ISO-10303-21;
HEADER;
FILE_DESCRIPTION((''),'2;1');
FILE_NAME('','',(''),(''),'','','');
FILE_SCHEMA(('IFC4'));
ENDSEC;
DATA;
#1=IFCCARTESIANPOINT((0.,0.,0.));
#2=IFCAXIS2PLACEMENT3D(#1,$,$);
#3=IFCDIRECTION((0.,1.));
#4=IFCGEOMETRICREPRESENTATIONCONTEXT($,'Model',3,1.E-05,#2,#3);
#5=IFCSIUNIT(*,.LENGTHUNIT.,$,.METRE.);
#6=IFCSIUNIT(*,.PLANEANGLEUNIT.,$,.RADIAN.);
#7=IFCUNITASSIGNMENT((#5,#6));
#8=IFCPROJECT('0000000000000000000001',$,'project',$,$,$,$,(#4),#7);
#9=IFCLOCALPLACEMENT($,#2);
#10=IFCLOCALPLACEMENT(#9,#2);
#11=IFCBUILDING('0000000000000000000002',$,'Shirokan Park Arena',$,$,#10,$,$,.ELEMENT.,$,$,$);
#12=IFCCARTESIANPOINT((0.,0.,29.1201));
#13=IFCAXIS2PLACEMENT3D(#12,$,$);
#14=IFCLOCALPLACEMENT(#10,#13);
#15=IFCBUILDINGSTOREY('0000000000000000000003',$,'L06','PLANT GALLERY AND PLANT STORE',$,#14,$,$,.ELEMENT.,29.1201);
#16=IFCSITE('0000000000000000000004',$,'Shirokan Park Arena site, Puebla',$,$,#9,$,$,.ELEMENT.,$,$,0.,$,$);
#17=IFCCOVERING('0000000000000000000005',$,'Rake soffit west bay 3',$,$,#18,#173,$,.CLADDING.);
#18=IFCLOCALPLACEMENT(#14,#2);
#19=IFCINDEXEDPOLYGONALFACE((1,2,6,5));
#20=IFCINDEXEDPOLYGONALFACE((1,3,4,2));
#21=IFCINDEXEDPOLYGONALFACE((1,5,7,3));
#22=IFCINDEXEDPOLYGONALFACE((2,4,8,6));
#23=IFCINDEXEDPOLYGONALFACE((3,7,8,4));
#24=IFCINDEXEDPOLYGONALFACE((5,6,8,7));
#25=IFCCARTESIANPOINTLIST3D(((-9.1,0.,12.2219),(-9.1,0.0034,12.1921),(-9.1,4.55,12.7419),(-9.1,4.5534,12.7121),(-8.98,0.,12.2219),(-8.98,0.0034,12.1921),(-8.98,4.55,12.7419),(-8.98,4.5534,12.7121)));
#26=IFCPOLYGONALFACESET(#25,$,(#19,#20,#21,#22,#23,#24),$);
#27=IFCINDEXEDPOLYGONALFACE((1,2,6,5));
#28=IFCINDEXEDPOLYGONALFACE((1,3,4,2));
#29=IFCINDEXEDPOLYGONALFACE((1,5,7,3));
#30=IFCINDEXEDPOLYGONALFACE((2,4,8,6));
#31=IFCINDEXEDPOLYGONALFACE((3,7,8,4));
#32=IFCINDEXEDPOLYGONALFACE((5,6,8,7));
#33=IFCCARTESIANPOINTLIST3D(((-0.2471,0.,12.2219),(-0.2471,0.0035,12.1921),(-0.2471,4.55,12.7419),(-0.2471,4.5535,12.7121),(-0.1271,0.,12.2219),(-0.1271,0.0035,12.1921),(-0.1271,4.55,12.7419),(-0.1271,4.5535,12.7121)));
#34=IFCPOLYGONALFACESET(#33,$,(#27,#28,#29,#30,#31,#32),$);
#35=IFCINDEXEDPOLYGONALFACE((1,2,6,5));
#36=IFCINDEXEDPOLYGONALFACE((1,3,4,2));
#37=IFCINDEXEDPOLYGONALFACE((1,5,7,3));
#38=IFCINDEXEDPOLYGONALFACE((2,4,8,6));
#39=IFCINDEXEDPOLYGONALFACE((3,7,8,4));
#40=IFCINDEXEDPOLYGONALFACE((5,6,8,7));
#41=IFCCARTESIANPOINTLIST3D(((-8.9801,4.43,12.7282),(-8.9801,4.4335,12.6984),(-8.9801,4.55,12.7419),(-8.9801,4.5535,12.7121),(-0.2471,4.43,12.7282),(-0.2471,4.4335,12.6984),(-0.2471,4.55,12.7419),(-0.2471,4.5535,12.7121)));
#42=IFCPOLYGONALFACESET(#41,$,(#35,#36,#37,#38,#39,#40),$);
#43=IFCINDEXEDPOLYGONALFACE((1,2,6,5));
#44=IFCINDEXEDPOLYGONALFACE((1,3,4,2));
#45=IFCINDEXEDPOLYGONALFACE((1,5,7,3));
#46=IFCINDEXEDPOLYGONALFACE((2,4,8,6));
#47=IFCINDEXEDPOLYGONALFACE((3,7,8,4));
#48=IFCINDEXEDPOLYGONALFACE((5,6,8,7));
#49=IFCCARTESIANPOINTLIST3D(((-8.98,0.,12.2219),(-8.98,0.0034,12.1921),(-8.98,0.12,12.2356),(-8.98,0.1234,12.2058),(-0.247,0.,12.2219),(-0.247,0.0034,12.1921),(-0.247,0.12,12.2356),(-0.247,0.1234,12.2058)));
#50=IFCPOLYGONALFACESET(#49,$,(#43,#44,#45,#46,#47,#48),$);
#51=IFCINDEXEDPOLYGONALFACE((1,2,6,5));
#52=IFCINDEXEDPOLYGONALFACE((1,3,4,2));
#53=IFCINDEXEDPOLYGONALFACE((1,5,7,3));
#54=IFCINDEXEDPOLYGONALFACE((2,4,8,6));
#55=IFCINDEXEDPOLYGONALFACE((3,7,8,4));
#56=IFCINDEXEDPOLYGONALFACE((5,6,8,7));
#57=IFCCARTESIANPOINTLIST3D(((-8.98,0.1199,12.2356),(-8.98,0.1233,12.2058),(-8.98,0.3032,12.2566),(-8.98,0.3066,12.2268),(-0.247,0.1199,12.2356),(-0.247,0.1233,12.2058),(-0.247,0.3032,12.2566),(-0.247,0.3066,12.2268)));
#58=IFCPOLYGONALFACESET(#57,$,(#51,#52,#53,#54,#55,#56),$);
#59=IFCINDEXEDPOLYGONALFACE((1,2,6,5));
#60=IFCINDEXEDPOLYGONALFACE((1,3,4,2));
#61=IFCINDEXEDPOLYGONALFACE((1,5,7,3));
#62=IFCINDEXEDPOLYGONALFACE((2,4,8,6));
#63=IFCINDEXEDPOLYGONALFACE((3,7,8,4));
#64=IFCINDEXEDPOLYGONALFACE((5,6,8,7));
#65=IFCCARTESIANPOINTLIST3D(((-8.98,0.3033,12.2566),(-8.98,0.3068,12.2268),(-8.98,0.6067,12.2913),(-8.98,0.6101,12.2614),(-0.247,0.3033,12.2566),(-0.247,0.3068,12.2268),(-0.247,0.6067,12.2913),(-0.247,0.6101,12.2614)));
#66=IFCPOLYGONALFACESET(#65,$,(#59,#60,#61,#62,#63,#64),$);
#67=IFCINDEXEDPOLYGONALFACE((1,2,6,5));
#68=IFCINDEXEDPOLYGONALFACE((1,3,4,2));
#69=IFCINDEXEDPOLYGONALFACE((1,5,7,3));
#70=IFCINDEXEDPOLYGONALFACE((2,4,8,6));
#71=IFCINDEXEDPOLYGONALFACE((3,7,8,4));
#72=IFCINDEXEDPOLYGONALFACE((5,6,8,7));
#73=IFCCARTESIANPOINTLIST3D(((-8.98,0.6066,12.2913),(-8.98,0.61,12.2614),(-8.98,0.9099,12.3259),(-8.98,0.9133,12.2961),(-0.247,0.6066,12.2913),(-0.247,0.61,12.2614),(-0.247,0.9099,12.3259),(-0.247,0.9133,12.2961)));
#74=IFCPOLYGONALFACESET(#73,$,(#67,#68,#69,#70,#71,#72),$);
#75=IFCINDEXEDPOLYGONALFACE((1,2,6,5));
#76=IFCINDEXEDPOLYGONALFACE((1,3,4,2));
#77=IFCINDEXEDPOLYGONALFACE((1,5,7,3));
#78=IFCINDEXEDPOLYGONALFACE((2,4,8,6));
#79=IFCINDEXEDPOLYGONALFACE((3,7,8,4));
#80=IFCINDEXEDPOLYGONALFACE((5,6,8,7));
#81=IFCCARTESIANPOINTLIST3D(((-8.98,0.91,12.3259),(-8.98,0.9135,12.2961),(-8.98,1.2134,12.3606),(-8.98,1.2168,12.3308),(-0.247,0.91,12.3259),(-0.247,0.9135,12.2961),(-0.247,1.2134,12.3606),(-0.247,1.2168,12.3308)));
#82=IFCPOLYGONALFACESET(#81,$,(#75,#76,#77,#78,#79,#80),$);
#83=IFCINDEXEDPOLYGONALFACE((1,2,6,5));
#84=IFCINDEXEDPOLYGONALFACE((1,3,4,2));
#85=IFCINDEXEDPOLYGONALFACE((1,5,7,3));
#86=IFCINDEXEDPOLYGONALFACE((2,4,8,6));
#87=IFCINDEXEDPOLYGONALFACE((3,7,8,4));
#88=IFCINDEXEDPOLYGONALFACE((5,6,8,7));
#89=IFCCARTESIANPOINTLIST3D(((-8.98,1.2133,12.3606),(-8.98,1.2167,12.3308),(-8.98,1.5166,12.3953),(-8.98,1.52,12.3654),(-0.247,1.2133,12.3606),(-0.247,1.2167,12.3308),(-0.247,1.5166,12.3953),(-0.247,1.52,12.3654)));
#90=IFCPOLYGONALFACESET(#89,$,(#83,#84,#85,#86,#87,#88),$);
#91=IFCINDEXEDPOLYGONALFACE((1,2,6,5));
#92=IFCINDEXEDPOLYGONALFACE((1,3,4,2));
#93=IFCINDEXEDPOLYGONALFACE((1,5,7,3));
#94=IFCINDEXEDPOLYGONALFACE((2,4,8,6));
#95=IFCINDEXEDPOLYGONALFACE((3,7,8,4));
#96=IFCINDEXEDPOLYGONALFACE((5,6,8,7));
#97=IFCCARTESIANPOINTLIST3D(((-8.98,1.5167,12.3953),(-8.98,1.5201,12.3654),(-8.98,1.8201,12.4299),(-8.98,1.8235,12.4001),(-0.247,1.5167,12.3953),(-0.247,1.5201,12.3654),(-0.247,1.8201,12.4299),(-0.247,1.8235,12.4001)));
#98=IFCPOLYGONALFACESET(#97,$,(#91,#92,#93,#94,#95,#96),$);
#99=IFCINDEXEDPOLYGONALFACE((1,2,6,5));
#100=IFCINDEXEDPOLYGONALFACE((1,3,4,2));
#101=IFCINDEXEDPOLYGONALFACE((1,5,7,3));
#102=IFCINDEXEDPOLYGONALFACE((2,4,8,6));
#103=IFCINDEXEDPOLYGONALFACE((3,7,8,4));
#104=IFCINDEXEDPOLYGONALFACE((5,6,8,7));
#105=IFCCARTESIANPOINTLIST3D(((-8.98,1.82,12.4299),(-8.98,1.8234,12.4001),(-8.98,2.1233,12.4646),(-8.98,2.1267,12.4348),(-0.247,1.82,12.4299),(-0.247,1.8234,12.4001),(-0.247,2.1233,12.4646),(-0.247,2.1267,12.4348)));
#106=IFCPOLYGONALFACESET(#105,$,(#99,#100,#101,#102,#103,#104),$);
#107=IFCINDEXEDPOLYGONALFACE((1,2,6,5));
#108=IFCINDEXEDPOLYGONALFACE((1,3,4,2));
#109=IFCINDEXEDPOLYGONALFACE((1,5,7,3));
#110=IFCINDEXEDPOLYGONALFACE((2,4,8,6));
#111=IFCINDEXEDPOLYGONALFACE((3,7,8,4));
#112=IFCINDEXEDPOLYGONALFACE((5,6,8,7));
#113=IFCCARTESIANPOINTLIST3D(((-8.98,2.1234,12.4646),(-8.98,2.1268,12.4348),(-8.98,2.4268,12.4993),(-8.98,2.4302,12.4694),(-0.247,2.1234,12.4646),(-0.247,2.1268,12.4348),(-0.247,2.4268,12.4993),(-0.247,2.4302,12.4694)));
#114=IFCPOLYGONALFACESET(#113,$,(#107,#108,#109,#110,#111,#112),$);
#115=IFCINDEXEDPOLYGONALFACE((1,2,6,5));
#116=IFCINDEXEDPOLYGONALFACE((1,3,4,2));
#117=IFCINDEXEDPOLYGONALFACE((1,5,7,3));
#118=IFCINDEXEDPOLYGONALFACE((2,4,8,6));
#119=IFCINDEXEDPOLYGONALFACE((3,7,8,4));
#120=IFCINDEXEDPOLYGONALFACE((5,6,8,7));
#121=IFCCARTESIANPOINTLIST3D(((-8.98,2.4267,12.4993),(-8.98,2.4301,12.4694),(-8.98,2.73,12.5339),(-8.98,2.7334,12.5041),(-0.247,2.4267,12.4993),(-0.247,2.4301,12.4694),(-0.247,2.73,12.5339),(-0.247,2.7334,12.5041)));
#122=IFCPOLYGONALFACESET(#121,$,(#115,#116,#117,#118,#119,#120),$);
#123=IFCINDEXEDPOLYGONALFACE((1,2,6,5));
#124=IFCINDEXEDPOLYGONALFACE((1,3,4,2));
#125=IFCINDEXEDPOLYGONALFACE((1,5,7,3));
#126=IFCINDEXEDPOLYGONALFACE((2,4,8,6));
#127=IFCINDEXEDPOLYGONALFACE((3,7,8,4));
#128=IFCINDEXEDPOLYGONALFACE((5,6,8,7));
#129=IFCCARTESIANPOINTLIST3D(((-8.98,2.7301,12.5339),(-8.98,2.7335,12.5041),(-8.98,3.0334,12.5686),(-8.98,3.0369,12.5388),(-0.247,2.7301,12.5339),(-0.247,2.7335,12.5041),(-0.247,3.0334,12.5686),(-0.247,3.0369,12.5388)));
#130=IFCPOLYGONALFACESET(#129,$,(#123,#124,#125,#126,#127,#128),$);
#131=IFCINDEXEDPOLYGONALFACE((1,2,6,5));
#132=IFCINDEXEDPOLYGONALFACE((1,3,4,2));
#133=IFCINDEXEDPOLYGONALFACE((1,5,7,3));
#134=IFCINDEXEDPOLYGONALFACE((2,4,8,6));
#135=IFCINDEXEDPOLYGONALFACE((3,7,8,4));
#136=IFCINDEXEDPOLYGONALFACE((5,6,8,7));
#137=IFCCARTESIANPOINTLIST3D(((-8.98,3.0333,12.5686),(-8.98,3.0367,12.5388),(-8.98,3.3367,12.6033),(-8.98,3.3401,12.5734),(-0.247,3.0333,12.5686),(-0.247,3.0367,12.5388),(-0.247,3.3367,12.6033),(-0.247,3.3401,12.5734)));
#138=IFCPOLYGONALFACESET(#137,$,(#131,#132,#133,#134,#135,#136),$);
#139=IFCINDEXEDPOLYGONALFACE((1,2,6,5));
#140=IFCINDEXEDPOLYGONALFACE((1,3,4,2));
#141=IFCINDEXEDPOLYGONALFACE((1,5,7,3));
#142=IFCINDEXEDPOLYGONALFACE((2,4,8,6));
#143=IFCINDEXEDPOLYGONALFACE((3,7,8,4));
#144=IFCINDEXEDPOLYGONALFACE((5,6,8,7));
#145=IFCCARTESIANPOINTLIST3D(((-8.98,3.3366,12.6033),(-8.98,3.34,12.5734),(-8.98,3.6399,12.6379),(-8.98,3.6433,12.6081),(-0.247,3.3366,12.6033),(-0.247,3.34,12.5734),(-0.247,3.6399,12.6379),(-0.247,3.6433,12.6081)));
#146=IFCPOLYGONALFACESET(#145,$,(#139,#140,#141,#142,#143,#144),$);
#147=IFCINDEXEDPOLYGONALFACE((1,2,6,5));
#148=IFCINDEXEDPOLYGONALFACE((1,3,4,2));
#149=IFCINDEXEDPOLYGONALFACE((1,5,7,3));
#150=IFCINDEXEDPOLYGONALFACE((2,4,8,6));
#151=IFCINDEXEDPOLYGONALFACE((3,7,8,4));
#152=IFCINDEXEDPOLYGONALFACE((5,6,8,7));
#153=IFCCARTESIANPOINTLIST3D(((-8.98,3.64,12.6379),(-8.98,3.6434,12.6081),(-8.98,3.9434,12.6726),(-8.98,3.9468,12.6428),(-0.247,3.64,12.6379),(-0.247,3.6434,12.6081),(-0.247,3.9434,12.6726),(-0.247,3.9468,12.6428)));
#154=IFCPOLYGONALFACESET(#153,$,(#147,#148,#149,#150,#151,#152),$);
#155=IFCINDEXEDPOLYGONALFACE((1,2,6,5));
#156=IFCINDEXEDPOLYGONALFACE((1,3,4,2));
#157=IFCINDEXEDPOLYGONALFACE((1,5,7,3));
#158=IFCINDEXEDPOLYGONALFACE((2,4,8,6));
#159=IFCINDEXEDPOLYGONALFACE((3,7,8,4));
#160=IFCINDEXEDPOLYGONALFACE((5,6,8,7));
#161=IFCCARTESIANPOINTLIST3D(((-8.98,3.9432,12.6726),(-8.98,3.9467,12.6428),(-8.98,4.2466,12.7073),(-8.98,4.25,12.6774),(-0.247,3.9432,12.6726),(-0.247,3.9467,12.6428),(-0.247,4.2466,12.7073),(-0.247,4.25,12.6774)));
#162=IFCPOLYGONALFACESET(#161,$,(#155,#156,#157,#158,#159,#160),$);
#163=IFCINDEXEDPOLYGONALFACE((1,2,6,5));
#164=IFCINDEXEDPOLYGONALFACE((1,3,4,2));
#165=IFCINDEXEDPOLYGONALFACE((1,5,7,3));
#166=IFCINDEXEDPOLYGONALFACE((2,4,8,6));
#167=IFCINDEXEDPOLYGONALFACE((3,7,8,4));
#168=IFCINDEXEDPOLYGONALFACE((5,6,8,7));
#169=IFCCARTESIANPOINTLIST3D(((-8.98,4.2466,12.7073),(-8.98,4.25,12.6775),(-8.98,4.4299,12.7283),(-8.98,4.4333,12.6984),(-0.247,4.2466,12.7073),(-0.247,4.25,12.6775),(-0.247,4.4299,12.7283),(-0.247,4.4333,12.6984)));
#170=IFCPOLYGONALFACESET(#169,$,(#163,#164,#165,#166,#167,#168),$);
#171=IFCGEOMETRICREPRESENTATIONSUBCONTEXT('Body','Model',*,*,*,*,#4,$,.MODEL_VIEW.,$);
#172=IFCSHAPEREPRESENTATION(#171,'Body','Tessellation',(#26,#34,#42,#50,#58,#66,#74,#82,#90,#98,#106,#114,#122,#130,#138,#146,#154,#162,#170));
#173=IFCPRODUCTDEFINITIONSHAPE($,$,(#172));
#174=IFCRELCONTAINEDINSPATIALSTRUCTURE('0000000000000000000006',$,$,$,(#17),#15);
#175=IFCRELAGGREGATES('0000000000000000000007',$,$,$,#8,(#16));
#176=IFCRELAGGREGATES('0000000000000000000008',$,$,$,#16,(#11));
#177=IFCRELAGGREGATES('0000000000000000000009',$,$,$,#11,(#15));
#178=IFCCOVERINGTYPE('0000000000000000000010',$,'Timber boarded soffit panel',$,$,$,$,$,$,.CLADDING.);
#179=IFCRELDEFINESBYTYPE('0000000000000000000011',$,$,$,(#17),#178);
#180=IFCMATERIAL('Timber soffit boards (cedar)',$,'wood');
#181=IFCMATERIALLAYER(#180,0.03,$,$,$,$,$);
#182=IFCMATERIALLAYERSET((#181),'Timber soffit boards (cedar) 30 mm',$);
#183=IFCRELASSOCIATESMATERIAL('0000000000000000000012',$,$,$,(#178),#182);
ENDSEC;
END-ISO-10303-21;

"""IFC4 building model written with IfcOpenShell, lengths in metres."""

from ifc_helpers import new_model, si_unit, direction, frame, origin, place, context, subcontext, project, spatial, polyline, outline, extrude, material, layer, layer_set, type_object, element, save


model = new_model("IFC4")

# Units and contexts
model_context = context("Model", 3, precision=1e-05, world=origin(), true_north=direction((0.0, 1.0)))
body_context = subcontext(model_context, "Body", "Model", "MODEL_VIEW")
ifc_project = project(units=[si_unit("LENGTHUNIT", "METRE"), si_unit("PLANEANGLEUNIT", "RADIAN")], contexts=[model_context])

# Site, building, storey
site_placement = place(None, origin())
site = spatial("IfcSite", under=ifc_project, at=site_placement, Name="Shirokan Park Arena site, Puebla", CompositionType="ELEMENT", RefElevation=0.0)
building_placement = place(site_placement, origin())
building = spatial("IfcBuilding", under=site, at=building_placement, Name="Shirokan Park Arena", CompositionType="ELEMENT")
storey_placement = place(building_placement, frame((0.0, 0.0, 29.1201)))
storey = spatial("IfcBuildingStorey", under=building, at=storey_placement, Name="L06", Description="PLANT GALLERY AND PLANT STORE", CompositionType="ELEMENT", Elevation=29.1201)

# Covering
ifc_material = material(Name="Timber soffit boards (cedar)", Category="wood")
ifc_layer = layer(ifc_material, 0.03)
ifc_layer_set = layer_set([ifc_layer], Name="Timber soffit boards (cedar) 30 mm")
covering_type = type_object("IfcCoveringType", Name="Timber boarded soffit panel", PredefinedType="CLADDING", material=ifc_layer_set)
covering_1_placement = place(storey_placement, origin())
element("IfcCovering", 1, at=covering_1_placement, inside=storey, type_object=covering_type, Name="Rake soffit west bay 3", PredefinedType="CLADDING", context=body_context, shape_type="SweptSolid", body=[
    extrude(outline(polyline([(0.0, 0.0), (0.12, 0.0), (0.12, -4.5796), (0.0, -4.5796), (0.0, 0.0)])), frame((-8.98, 0.0, 12.2219), z_axis=(0.0, -0.113547, 0.993533), x_axis=(-1.0, 0.0, 0.0)), (0.0, 0.0, -1.0), 0.03),
    extrude(outline(polyline([(0.0, 0.0), (0.12, 0.0), (0.12, -4.5796), (0.0, -4.5796), (0.0, 0.0)])), frame((-0.2471, 4.55, 12.7419), z_axis=(0.0, -0.113547, 0.993533), x_axis=(1.0, 0.0, 0.0)), (0.0, 0.0, -1.0), 0.03),
    extrude(outline(polyline([(0.0, 0.0), (0.1208, 0.0), (0.1208, -8.733), (0.0, -8.733), (0.0, 0.0)])), frame((-0.2471, 4.55, 12.7419), z_axis=(0.0, -0.113512, 0.993537), x_axis=(0.0, -0.993537, -0.113512)), (0.0, 0.0, -1.0), 0.03),
    extrude(outline(polyline([(0.0, 0.0), (0.1208, 0.0), (0.1208, -8.733), (0.0, -8.733), (0.0, 0.0)])), frame((-8.98, 0.0, 12.2219), z_axis=(0.0, -0.113512, 0.993537), x_axis=(0.0, 0.993537, 0.113512)), (0.0, 0.0, -1.0), 0.03),
    extrude(outline(polyline([(0.0, 0.0), (8.733, 0.0), (8.733, -0.1845), (0.0, -0.1845), (0.0, 0.0)])), frame((-8.98, 0.3032, 12.2566), z_axis=(0.0, -0.113589, 0.993528), x_axis=(1.0, 0.0, 0.0)), (0.0, 0.0, -1.0), 0.03),
    extrude(outline(polyline([(0.0, 0.0), (8.733, 0.0), (8.733, -0.3053), (0.0, -0.3053), (0.0, 0.0)])), frame((-8.98, 0.6067, 12.2913), z_axis=(0.0, -0.113523, 0.993535), x_axis=(1.0, 0.0, 0.0)), (0.0, 0.0, -1.0), 0.03),
    extrude(outline(polyline([(0.0, 0.0), (8.733, 0.0), (8.733, -0.3053), (0.0, -0.3053), (0.0, 0.0)])), frame((-8.98, 0.9099, 12.3259), z_axis=(0.0, -0.113559, 0.993531), x_axis=(1.0, 0.0, 0.0)), (0.0, 0.0, -1.0), 0.03),
    extrude(outline(polyline([(0.0, 0.0), (8.733, 0.0), (8.733, -0.3053), (0.0, -0.3053), (0.0, 0.0)])), frame((-8.98, 1.2134, 12.3606), z_axis=(0.0, -0.113559, 0.993531), x_axis=(1.0, 0.0, 0.0)), (0.0, 0.0, -1.0), 0.03),
    extrude(outline(polyline([(0.0, 0.0), (8.733, 0.0), (8.733, -0.3053), (0.0, -0.3053), (0.0, 0.0)])), frame((-8.98, 1.5166, 12.3953), z_axis=(0.0, -0.113523, 0.993535), x_axis=(1.0, 0.0, 0.0)), (0.0, 0.0, -1.0), 0.03),
    extrude(outline(polyline([(0.0, 0.0), (8.733, 0.0), (8.733, -0.3053), (0.0, -0.3053), (0.0, 0.0)])), frame((-8.98, 1.8201, 12.4299), z_axis=(0.0, -0.113559, 0.993531), x_axis=(1.0, 0.0, 0.0)), (0.0, 0.0, -1.0), 0.03),
    extrude(outline(polyline([(0.0, 0.0), (8.733, 0.0), (8.733, -0.3053), (0.0, -0.3053), (0.0, 0.0)])), frame((-8.98, 2.1233, 12.4646), z_axis=(0.0, -0.113559, 0.993531), x_axis=(1.0, 0.0, 0.0)), (0.0, 0.0, -1.0), 0.03),
    extrude(outline(polyline([(0.0, 0.0), (8.733, 0.0), (8.733, -0.3053), (0.0, -0.3053), (0.0, 0.0)])), frame((-8.98, 2.4268, 12.4993), z_axis=(0.0, -0.113523, 0.993535), x_axis=(1.0, 0.0, 0.0)), (0.0, 0.0, -1.0), 0.03),
    extrude(outline(polyline([(0.0, 0.0), (8.733, 0.0), (8.733, -0.3053), (0.0, -0.3053), (0.0, 0.0)])), frame((-8.98, 2.73, 12.5339), z_axis=(0.0, -0.113559, 0.993531), x_axis=(1.0, 0.0, 0.0)), (0.0, 0.0, -1.0), 0.03),
    extrude(outline(polyline([(0.0, 0.0), (8.733, 0.0), (8.733, -0.3053), (0.0, -0.3053), (0.0, 0.0)])), frame((-8.98, 3.0334, 12.5686), z_axis=(0.0, -0.113559, 0.993531), x_axis=(1.0, 0.0, 0.0)), (0.0, 0.0, -1.0), 0.03),
    extrude(outline(polyline([(0.0, 0.0), (8.733, 0.0), (8.733, -0.3053), (0.0, -0.3053), (0.0, 0.0)])), frame((-8.98, 3.3367, 12.6033), z_axis=(0.0, -0.113523, 0.993535), x_axis=(1.0, 0.0, 0.0)), (0.0, 0.0, -1.0), 0.03),
    extrude(outline(polyline([(0.0, 0.0), (8.733, 0.0), (8.733, -0.3053), (0.0, -0.3053), (0.0, 0.0)])), frame((-8.98, 3.6399, 12.6379), z_axis=(0.0, -0.113559, 0.993531), x_axis=(1.0, 0.0, 0.0)), (0.0, 0.0, -1.0), 0.03),
    extrude(outline(polyline([(0.0, 0.0), (8.733, 0.0), (8.733, -0.3053), (0.0, -0.3053), (0.0, 0.0)])), frame((-8.98, 3.9434, 12.6726), z_axis=(0.0, -0.113559, 0.993531), x_axis=(1.0, 0.0, 0.0)), (0.0, 0.0, -1.0), 0.03),
    extrude(outline(polyline([(0.0, 0.0), (8.733, 0.0), (8.733, -0.3053), (0.0, -0.3053), (0.0, 0.0)])), frame((-8.98, 4.2466, 12.7073), z_axis=(0.0, -0.113523, 0.993535), x_axis=(1.0, 0.0, 0.0)), (0.0, 0.0, -1.0), 0.03),
    extrude(outline(polyline([(0.0, 0.0), (8.733, 0.0), (8.733, -0.1845), (0.0, -0.1845), (0.0, 0.0)])), frame((-8.98, 4.4299, 12.7283), z_axis=(0.0, -0.113589, 0.993528), x_axis=(1.0, 0.0, 0.0)), (0.0, 0.0, -1.0), 0.03),
])

save(model, "model.ifc")
